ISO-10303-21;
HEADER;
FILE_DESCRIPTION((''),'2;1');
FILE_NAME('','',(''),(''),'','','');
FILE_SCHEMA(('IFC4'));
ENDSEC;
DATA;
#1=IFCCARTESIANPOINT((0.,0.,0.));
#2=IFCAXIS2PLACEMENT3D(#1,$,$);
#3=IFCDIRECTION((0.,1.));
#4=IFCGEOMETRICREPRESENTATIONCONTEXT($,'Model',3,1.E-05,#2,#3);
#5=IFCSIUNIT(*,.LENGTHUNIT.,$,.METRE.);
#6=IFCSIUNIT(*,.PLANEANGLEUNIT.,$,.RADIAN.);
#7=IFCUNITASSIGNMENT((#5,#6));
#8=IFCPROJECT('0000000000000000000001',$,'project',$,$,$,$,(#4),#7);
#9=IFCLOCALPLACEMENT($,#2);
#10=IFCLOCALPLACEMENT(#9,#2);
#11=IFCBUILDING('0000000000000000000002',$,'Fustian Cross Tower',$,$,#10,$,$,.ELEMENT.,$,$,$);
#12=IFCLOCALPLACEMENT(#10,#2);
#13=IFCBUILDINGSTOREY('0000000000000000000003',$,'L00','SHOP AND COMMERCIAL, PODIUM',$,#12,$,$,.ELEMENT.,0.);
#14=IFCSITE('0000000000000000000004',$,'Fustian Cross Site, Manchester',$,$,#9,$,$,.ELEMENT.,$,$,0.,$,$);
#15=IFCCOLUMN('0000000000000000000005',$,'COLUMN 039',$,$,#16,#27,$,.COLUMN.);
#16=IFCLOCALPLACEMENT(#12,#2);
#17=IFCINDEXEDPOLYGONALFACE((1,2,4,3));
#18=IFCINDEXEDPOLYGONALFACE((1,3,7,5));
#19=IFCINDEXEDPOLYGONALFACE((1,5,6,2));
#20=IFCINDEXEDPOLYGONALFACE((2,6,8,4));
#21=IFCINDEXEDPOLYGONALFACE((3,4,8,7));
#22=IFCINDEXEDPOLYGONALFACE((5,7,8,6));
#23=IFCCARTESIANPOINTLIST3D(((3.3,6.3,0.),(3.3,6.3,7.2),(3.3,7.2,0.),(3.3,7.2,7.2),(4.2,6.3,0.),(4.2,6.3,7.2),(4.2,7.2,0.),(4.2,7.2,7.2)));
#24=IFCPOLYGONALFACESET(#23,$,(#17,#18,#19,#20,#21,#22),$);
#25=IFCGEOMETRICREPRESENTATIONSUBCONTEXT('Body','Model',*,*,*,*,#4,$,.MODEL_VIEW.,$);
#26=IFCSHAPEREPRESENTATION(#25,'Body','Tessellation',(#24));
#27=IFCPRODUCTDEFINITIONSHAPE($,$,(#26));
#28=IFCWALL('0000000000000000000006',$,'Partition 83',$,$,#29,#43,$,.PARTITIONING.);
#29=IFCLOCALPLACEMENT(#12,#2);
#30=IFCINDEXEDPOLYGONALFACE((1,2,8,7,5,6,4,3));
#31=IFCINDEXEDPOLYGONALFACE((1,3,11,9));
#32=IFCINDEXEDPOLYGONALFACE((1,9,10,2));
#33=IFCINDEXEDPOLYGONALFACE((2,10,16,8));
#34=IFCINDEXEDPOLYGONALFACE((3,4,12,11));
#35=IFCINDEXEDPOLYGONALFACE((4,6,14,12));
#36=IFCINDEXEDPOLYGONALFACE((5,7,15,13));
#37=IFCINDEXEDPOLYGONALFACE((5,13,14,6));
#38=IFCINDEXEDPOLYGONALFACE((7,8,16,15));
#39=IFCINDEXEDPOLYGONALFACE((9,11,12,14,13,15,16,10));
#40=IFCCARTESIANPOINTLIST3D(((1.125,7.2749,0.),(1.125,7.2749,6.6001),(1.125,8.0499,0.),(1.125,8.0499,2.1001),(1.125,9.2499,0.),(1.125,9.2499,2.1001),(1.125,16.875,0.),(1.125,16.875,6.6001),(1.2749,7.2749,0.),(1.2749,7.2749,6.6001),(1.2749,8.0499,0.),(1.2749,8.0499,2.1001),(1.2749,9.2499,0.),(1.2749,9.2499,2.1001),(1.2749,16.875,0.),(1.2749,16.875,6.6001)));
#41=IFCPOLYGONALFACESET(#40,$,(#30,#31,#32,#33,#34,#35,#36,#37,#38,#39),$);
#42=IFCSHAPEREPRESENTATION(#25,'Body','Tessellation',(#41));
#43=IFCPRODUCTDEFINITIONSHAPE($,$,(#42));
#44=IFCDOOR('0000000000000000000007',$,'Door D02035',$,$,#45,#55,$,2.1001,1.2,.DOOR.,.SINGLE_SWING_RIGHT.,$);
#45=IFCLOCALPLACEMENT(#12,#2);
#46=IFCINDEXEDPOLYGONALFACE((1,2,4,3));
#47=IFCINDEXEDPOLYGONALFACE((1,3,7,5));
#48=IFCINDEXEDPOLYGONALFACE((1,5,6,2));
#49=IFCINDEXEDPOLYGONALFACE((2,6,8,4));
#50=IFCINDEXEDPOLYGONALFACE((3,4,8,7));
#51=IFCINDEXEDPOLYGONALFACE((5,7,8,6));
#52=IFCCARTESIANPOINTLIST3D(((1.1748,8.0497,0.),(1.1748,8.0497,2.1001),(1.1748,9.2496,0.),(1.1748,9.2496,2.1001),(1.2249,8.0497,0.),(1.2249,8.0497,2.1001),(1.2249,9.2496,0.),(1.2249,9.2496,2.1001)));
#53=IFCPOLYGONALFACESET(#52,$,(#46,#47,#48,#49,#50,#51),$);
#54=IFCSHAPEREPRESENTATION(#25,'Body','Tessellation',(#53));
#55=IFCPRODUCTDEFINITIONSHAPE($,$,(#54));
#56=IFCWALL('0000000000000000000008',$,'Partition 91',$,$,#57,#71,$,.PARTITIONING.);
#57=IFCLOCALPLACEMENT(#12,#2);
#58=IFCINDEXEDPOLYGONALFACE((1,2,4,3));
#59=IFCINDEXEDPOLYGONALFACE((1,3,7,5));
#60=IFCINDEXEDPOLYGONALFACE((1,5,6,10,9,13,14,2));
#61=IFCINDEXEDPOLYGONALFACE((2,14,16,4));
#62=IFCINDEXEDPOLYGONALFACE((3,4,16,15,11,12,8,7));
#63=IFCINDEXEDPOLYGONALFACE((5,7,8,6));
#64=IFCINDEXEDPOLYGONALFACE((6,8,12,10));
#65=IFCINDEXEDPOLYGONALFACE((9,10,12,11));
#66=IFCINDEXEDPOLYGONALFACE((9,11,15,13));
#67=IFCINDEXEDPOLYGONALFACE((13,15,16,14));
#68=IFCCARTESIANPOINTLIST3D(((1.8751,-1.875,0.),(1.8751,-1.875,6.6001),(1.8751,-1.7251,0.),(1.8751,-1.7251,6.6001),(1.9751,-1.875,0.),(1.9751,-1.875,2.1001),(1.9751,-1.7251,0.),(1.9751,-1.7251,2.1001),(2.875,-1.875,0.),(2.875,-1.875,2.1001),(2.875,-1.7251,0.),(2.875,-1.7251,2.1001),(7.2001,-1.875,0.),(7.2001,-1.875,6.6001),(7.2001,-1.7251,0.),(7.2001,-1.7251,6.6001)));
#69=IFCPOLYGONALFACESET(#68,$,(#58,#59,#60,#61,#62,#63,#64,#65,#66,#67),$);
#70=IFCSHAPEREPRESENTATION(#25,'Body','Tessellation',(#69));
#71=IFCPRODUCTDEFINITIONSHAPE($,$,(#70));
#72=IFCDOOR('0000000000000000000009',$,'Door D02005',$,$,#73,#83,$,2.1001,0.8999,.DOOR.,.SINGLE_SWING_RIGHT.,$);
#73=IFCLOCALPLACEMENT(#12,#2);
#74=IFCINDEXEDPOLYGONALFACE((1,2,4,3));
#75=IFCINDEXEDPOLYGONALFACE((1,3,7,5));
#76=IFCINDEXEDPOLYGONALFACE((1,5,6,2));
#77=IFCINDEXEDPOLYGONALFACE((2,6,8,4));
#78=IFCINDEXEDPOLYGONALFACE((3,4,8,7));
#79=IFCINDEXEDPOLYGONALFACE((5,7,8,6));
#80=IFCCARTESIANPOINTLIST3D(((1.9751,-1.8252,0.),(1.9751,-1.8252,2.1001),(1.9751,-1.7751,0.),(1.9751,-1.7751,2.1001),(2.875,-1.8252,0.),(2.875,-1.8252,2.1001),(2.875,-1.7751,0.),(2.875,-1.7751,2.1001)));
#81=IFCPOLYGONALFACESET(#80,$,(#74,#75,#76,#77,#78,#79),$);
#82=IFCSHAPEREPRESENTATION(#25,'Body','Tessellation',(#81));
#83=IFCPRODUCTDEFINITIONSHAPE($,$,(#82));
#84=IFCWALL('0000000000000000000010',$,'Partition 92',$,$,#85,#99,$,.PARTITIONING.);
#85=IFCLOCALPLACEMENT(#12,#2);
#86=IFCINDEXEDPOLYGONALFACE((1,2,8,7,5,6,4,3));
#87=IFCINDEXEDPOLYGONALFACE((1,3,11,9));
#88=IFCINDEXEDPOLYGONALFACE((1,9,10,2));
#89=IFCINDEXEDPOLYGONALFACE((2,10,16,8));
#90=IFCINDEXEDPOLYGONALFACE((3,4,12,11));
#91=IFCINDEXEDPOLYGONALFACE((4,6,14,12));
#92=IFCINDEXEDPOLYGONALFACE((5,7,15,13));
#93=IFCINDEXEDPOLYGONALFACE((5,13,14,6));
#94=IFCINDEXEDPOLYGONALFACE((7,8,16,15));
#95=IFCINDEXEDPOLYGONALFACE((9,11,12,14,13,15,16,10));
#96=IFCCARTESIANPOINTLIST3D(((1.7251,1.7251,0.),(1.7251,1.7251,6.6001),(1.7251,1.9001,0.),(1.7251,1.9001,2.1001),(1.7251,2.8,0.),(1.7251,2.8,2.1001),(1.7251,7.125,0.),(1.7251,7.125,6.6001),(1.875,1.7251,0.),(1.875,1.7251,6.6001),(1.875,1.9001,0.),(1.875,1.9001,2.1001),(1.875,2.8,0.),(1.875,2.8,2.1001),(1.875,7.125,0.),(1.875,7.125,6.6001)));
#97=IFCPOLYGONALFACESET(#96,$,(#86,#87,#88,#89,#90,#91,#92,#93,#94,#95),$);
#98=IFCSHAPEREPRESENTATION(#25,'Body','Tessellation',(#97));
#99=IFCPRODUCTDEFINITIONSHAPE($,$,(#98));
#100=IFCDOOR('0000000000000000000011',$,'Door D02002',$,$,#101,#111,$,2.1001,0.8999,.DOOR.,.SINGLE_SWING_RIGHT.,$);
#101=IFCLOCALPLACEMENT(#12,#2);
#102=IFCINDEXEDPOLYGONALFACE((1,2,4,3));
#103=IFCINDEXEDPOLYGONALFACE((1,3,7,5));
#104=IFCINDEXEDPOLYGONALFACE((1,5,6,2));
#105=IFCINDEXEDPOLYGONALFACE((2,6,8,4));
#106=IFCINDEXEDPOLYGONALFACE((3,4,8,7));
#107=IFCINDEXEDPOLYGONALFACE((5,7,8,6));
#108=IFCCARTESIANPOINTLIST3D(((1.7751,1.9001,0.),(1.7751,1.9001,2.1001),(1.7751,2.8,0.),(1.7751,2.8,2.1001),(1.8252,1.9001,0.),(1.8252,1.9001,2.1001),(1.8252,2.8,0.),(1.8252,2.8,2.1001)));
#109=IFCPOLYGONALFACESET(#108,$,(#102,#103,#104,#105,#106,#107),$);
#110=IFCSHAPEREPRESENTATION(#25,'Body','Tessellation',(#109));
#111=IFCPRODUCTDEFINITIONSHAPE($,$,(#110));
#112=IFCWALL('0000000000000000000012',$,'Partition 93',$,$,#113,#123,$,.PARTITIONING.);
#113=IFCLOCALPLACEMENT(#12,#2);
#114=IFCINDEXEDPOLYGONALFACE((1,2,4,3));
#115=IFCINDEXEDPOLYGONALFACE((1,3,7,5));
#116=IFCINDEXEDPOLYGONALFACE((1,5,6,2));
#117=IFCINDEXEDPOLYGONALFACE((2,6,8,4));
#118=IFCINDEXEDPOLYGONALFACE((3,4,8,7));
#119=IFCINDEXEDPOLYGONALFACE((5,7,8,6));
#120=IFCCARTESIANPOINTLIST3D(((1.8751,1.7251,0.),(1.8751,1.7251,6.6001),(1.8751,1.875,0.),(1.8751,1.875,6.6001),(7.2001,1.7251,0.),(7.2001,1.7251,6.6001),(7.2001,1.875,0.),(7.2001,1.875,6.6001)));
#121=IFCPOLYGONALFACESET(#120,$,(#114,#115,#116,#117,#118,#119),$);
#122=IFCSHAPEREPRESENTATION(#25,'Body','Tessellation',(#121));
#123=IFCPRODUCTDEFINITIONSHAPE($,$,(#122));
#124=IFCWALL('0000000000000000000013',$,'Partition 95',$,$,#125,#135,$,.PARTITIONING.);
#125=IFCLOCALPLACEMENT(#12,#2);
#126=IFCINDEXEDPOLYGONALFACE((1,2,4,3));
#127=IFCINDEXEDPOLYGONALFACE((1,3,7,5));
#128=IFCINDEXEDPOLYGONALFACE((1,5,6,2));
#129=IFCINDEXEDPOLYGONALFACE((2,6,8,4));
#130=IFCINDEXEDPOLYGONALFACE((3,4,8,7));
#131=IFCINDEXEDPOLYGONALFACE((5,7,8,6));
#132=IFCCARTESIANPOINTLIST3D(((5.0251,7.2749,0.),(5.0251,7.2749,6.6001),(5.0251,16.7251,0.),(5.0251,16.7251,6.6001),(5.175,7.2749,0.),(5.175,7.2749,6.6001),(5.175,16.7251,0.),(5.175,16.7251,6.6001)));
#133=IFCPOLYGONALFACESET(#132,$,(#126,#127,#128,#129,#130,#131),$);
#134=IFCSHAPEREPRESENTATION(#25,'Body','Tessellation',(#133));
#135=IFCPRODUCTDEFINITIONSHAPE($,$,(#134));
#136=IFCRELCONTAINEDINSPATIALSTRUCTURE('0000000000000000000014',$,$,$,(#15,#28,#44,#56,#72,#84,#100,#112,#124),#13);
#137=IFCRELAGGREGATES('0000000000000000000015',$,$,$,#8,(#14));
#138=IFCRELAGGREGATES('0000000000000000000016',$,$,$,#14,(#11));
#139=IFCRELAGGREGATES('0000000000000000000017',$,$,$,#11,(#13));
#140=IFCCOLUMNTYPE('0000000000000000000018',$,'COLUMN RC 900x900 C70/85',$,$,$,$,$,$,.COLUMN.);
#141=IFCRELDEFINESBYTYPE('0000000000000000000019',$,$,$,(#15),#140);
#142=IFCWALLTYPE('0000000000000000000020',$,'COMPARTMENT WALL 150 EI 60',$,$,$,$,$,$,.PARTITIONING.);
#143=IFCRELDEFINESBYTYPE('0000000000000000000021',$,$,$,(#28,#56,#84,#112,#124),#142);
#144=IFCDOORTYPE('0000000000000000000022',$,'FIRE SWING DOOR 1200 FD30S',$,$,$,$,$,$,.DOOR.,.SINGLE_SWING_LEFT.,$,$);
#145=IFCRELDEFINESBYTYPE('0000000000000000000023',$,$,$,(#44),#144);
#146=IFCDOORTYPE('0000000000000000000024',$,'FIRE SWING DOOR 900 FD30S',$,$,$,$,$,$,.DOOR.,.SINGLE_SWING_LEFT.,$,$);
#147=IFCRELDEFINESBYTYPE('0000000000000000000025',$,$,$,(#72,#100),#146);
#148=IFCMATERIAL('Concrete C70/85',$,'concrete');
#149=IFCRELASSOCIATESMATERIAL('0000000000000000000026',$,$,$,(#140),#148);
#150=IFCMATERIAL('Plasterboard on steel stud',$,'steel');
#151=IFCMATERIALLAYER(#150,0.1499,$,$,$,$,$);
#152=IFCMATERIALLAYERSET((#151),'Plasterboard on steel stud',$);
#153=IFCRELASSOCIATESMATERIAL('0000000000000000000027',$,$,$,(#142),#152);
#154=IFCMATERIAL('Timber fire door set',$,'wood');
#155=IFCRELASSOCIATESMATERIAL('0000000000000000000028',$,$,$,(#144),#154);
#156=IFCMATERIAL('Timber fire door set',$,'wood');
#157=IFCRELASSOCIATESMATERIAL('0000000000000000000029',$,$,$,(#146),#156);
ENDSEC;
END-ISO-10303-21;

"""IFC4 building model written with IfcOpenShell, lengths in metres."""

from ifc_helpers import new_model, si_unit, direction, frame, frame_2d, origin, origin_2d, place, context, subcontext, project, spatial, rectangle, extrude, material, layer, layer_set, material_profile, profile_set, type_object, element, fill, save


model = new_model("IFC4")

# Units and contexts
model_context = context("Model", 3, precision=1e-05, world=origin(), true_north=direction((0.0, 1.0)))
body_context = subcontext(model_context, "Body", "Model", "MODEL_VIEW")
ifc_project = project(units=[si_unit("LENGTHUNIT", "METRE"), si_unit("PLANEANGLEUNIT", "RADIAN")], contexts=[model_context])

# Site, building, storey
site_placement = place(None, origin())
site = spatial("IfcSite", under=ifc_project, at=site_placement, Name="Fustian Cross Site, Manchester", CompositionType="ELEMENT", RefElevation=0.0)
building_placement = place(site_placement, origin())
building = spatial("IfcBuilding", under=site, at=building_placement, Name="Fustian Cross Tower", CompositionType="ELEMENT")
storey_placement = place(building_placement, origin())
storey = spatial("IfcBuildingStorey", under=building, at=storey_placement, Name="L00", Description="SHOP AND COMMERCIAL, PODIUM", CompositionType="ELEMENT", Elevation=0.0)

# Column
ifc_material_1 = material(Name="Concrete C70/85", Category="concrete")
ifc_material_profile = material_profile(ifc_material_1, rectangle(XDim=0.8999, YDim=0.8999, at=origin_2d()), Name="RC 900x900")
ifc_profile_set = profile_set([ifc_material_profile], Name="Concrete C70/85")
column_type = type_object("IfcColumnType", Name="COLUMN RC 900x900 C70/85", PredefinedType="COLUMN", material=ifc_profile_set)
column_placement = place(storey_placement, frame((3.75, 6.75, 0.0), z_axis=(0.0, 0.0, 1.0), x_axis=(1.0, 0.0, 0.0)))
element("IfcColumn", 1, at=column_placement, inside=storey, type_object=column_type, Name="COLUMN 039", PredefinedType="COLUMN", context=body_context, shape_type="SweptSolid", body=[
    extrude(rectangle(XDim=0.8999, YDim=0.8999, at=origin_2d()), origin(), (0.0, 0.0, 1.0), 7.2),
])

# Walls, openings, doors
ifc_material_2 = material(Name="Plasterboard on steel stud", Category="steel")
ifc_layer_1 = layer(ifc_material_2, 0.1499)
ifc_layer_set_1 = layer_set([ifc_layer_1], Name="Plasterboard on steel stud")
wall_type_1 = type_object("IfcWallType", Name="COMPARTMENT WALL 150 EI 60", PredefinedType="PARTITIONING", material=ifc_layer_set_1)
wall_1_placement = place(storey_placement, frame((1.2, 7.2749, 0.0), z_axis=(0.0, 0.0, 1.0), x_axis=(0.0, 1.0, 0.0)))
wall_1 = element("IfcWall", 2, at=wall_1_placement, inside=storey, type_object=wall_type_1, Name="Partition 83", PredefinedType="PARTITIONING", context=body_context, shape_type="SweptSolid", body=[
    extrude(rectangle(XDim=9.6001, YDim=0.1499, at=frame_2d((4.8, 0.0))), origin(), (0.0, 0.0, 1.0), 6.6001),
])
opening_1_placement = place(wall_1_placement, frame((0.7749, 0.0, 0.0)))
opening_1 = element("IfcOpeningElement", 3, at=opening_1_placement, cuts=wall_1, PredefinedType="OPENING", context=body_context, shape_type="SweptSolid", body=[
    extrude(rectangle(XDim=1.2, YDim=2.1001, at=frame_2d((0.6001, 1.05))), frame((0.0, 0.085, 0.0), z_axis=(0.0, -1.0, 0.0), x_axis=(1.0, 0.0, 0.0)), (0.0, 0.0, 1.0), 0.1699),
])
ifc_material_3 = material(Name="Timber fire door set", Category="wood")
door_type_1 = type_object("IfcDoorType", Name="FIRE SWING DOOR 1200 FD30S", OperationType="SINGLE_SWING_LEFT", PredefinedType="DOOR", material=ifc_material_3)
door_1_placement = place(opening_1_placement, frame((1.2, 0.0, 0.0), z_axis=(0.0, 0.0, 1.0), x_axis=(-1.0, 0.0, 0.0)))
door_1 = element("IfcDoor", 4, at=door_1_placement, inside=storey, type_object=door_type_1, Name="Door D02035", OperationType="SINGLE_SWING_RIGHT", OverallHeight=2.1001, OverallWidth=1.2, PredefinedType="DOOR", context=body_context, shape_type="SweptSolid", body=[
    extrude(rectangle(XDim=1.2, YDim=2.1001, at=frame_2d((0.6001, 1.05))), frame((0.0, 0.0249, 0.0), z_axis=(0.0, -1.0, 0.0), x_axis=(1.0, 0.0, 0.0)), (0.0, 0.0, 1.0), 0.05),
])
fill(opening_1, door_1)
wall_2_placement = place(storey_placement, frame((1.875, -1.8, 0.0), z_axis=(0.0, 0.0, 1.0), x_axis=(1.0, 0.0, 0.0)))
wall_2 = element("IfcWall", 5, at=wall_2_placement, inside=storey, type_object=wall_type_1, Name="Partition 91", PredefinedType="PARTITIONING", context=body_context, shape_type="SweptSolid", body=[
    extrude(rectangle(XDim=5.325, YDim=0.1499, at=frame_2d((2.6626, 0.0))), origin(), (0.0, 0.0, 1.0), 6.6001),
])
opening_2_placement = place(wall_2_placement, frame((0.1001, 0.0, 0.0)))
opening_2 = element("IfcOpeningElement", 6, at=opening_2_placement, cuts=wall_2, PredefinedType="OPENING", context=body_context, shape_type="SweptSolid", body=[
    extrude(rectangle(XDim=0.8999, YDim=2.1001, at=frame_2d((0.45, 1.05))), frame((0.0, 0.085, 0.0), z_axis=(0.0, -1.0, 0.0), x_axis=(1.0, 0.0, 0.0)), (0.0, 0.0, 1.0), 0.1699),
])
ifc_material_4 = material(Name="Timber fire door set", Category="wood")
door_type_2 = type_object("IfcDoorType", Name="FIRE SWING DOOR 900 FD30S", OperationType="SINGLE_SWING_LEFT", PredefinedType="DOOR", material=ifc_material_4)
door_2_placement = place(opening_2_placement, origin())
door_2 = element("IfcDoor", 7, at=door_2_placement, inside=storey, type_object=door_type_2, Name="Door D02005", OperationType="SINGLE_SWING_RIGHT", OverallHeight=2.1001, OverallWidth=0.8999, PredefinedType="DOOR", context=body_context, shape_type="SweptSolid", body=[
    extrude(rectangle(XDim=0.8999, YDim=2.1001, at=frame_2d((0.45, 1.05))), frame((0.0, 0.0249, 0.0), z_axis=(0.0, -1.0, 0.0), x_axis=(1.0, 0.0, 0.0)), (0.0, 0.0, 1.0), 0.05),
])
fill(opening_2, door_2)
wall_3_placement = place(storey_placement, frame((1.8, 1.7251, 0.0), z_axis=(0.0, 0.0, 1.0), x_axis=(0.0, 1.0, 0.0)))
wall_3 = element("IfcWall", 8, at=wall_3_placement, inside=storey, type_object=wall_type_1, Name="Partition 92", PredefinedType="PARTITIONING", context=body_context, shape_type="SweptSolid", body=[
    extrude(rectangle(XDim=5.3999, YDim=0.1499, at=frame_2d((2.7, 0.0))), origin(), (0.0, 0.0, 1.0), 6.6001),
])
opening_3_placement = place(wall_3_placement, frame((0.175, 0.0, 0.0)))
opening_3 = element("IfcOpeningElement", 9, at=opening_3_placement, cuts=wall_3, PredefinedType="OPENING", context=body_context, shape_type="SweptSolid", body=[
    extrude(rectangle(XDim=0.8999, YDim=2.1001, at=frame_2d((0.45, 1.05))), frame((0.0, 0.085, 0.0), z_axis=(0.0, -1.0, 0.0), x_axis=(1.0, 0.0, 0.0)), (0.0, 0.0, 1.0), 0.1699),
])
door_3_placement = place(opening_3_placement, origin())
door_3 = element("IfcDoor", 10, at=door_3_placement, inside=storey, type_object=door_type_2, Name="Door D02002", OperationType="SINGLE_SWING_RIGHT", OverallHeight=2.1001, OverallWidth=0.8999, PredefinedType="DOOR", context=body_context, shape_type="SweptSolid", body=[
    extrude(rectangle(XDim=0.8999, YDim=2.1001, at=frame_2d((0.45, 1.05))), frame((0.0, 0.0249, 0.0), z_axis=(0.0, -1.0, 0.0), x_axis=(1.0, 0.0, 0.0)), (0.0, 0.0, 1.0), 0.05),
])
fill(opening_3, door_3)

# Walls
wall_4_placement = place(storey_placement, frame((1.875, 1.8, 0.0), z_axis=(0.0, 0.0, 1.0), x_axis=(1.0, 0.0, 0.0)))
element("IfcWall", 11, at=wall_4_placement, inside=storey, type_object=wall_type_1, Name="Partition 93", PredefinedType="PARTITIONING", context=body_context, shape_type="SweptSolid", body=[
    extrude(rectangle(XDim=5.325, YDim=0.1499, at=frame_2d((2.6626, 0.0))), origin(), (0.0, 0.0, 1.0), 6.6001),
])
wall_5_placement = place(storey_placement, frame((5.1001, 7.2749, 0.0), z_axis=(0.0, 0.0, 1.0), x_axis=(0.0, 1.0, 0.0)))
element("IfcWall", 12, at=wall_5_placement, inside=storey, type_object=wall_type_1, Name="Partition 95", PredefinedType="PARTITIONING", context=body_context, shape_type="SweptSolid", body=[
    extrude(rectangle(XDim=9.4502, YDim=0.1499, at=frame_2d((4.7251, 0.0))), origin(), (0.0, 0.0, 1.0), 6.6001),
])

save(model, "model.ifc")
